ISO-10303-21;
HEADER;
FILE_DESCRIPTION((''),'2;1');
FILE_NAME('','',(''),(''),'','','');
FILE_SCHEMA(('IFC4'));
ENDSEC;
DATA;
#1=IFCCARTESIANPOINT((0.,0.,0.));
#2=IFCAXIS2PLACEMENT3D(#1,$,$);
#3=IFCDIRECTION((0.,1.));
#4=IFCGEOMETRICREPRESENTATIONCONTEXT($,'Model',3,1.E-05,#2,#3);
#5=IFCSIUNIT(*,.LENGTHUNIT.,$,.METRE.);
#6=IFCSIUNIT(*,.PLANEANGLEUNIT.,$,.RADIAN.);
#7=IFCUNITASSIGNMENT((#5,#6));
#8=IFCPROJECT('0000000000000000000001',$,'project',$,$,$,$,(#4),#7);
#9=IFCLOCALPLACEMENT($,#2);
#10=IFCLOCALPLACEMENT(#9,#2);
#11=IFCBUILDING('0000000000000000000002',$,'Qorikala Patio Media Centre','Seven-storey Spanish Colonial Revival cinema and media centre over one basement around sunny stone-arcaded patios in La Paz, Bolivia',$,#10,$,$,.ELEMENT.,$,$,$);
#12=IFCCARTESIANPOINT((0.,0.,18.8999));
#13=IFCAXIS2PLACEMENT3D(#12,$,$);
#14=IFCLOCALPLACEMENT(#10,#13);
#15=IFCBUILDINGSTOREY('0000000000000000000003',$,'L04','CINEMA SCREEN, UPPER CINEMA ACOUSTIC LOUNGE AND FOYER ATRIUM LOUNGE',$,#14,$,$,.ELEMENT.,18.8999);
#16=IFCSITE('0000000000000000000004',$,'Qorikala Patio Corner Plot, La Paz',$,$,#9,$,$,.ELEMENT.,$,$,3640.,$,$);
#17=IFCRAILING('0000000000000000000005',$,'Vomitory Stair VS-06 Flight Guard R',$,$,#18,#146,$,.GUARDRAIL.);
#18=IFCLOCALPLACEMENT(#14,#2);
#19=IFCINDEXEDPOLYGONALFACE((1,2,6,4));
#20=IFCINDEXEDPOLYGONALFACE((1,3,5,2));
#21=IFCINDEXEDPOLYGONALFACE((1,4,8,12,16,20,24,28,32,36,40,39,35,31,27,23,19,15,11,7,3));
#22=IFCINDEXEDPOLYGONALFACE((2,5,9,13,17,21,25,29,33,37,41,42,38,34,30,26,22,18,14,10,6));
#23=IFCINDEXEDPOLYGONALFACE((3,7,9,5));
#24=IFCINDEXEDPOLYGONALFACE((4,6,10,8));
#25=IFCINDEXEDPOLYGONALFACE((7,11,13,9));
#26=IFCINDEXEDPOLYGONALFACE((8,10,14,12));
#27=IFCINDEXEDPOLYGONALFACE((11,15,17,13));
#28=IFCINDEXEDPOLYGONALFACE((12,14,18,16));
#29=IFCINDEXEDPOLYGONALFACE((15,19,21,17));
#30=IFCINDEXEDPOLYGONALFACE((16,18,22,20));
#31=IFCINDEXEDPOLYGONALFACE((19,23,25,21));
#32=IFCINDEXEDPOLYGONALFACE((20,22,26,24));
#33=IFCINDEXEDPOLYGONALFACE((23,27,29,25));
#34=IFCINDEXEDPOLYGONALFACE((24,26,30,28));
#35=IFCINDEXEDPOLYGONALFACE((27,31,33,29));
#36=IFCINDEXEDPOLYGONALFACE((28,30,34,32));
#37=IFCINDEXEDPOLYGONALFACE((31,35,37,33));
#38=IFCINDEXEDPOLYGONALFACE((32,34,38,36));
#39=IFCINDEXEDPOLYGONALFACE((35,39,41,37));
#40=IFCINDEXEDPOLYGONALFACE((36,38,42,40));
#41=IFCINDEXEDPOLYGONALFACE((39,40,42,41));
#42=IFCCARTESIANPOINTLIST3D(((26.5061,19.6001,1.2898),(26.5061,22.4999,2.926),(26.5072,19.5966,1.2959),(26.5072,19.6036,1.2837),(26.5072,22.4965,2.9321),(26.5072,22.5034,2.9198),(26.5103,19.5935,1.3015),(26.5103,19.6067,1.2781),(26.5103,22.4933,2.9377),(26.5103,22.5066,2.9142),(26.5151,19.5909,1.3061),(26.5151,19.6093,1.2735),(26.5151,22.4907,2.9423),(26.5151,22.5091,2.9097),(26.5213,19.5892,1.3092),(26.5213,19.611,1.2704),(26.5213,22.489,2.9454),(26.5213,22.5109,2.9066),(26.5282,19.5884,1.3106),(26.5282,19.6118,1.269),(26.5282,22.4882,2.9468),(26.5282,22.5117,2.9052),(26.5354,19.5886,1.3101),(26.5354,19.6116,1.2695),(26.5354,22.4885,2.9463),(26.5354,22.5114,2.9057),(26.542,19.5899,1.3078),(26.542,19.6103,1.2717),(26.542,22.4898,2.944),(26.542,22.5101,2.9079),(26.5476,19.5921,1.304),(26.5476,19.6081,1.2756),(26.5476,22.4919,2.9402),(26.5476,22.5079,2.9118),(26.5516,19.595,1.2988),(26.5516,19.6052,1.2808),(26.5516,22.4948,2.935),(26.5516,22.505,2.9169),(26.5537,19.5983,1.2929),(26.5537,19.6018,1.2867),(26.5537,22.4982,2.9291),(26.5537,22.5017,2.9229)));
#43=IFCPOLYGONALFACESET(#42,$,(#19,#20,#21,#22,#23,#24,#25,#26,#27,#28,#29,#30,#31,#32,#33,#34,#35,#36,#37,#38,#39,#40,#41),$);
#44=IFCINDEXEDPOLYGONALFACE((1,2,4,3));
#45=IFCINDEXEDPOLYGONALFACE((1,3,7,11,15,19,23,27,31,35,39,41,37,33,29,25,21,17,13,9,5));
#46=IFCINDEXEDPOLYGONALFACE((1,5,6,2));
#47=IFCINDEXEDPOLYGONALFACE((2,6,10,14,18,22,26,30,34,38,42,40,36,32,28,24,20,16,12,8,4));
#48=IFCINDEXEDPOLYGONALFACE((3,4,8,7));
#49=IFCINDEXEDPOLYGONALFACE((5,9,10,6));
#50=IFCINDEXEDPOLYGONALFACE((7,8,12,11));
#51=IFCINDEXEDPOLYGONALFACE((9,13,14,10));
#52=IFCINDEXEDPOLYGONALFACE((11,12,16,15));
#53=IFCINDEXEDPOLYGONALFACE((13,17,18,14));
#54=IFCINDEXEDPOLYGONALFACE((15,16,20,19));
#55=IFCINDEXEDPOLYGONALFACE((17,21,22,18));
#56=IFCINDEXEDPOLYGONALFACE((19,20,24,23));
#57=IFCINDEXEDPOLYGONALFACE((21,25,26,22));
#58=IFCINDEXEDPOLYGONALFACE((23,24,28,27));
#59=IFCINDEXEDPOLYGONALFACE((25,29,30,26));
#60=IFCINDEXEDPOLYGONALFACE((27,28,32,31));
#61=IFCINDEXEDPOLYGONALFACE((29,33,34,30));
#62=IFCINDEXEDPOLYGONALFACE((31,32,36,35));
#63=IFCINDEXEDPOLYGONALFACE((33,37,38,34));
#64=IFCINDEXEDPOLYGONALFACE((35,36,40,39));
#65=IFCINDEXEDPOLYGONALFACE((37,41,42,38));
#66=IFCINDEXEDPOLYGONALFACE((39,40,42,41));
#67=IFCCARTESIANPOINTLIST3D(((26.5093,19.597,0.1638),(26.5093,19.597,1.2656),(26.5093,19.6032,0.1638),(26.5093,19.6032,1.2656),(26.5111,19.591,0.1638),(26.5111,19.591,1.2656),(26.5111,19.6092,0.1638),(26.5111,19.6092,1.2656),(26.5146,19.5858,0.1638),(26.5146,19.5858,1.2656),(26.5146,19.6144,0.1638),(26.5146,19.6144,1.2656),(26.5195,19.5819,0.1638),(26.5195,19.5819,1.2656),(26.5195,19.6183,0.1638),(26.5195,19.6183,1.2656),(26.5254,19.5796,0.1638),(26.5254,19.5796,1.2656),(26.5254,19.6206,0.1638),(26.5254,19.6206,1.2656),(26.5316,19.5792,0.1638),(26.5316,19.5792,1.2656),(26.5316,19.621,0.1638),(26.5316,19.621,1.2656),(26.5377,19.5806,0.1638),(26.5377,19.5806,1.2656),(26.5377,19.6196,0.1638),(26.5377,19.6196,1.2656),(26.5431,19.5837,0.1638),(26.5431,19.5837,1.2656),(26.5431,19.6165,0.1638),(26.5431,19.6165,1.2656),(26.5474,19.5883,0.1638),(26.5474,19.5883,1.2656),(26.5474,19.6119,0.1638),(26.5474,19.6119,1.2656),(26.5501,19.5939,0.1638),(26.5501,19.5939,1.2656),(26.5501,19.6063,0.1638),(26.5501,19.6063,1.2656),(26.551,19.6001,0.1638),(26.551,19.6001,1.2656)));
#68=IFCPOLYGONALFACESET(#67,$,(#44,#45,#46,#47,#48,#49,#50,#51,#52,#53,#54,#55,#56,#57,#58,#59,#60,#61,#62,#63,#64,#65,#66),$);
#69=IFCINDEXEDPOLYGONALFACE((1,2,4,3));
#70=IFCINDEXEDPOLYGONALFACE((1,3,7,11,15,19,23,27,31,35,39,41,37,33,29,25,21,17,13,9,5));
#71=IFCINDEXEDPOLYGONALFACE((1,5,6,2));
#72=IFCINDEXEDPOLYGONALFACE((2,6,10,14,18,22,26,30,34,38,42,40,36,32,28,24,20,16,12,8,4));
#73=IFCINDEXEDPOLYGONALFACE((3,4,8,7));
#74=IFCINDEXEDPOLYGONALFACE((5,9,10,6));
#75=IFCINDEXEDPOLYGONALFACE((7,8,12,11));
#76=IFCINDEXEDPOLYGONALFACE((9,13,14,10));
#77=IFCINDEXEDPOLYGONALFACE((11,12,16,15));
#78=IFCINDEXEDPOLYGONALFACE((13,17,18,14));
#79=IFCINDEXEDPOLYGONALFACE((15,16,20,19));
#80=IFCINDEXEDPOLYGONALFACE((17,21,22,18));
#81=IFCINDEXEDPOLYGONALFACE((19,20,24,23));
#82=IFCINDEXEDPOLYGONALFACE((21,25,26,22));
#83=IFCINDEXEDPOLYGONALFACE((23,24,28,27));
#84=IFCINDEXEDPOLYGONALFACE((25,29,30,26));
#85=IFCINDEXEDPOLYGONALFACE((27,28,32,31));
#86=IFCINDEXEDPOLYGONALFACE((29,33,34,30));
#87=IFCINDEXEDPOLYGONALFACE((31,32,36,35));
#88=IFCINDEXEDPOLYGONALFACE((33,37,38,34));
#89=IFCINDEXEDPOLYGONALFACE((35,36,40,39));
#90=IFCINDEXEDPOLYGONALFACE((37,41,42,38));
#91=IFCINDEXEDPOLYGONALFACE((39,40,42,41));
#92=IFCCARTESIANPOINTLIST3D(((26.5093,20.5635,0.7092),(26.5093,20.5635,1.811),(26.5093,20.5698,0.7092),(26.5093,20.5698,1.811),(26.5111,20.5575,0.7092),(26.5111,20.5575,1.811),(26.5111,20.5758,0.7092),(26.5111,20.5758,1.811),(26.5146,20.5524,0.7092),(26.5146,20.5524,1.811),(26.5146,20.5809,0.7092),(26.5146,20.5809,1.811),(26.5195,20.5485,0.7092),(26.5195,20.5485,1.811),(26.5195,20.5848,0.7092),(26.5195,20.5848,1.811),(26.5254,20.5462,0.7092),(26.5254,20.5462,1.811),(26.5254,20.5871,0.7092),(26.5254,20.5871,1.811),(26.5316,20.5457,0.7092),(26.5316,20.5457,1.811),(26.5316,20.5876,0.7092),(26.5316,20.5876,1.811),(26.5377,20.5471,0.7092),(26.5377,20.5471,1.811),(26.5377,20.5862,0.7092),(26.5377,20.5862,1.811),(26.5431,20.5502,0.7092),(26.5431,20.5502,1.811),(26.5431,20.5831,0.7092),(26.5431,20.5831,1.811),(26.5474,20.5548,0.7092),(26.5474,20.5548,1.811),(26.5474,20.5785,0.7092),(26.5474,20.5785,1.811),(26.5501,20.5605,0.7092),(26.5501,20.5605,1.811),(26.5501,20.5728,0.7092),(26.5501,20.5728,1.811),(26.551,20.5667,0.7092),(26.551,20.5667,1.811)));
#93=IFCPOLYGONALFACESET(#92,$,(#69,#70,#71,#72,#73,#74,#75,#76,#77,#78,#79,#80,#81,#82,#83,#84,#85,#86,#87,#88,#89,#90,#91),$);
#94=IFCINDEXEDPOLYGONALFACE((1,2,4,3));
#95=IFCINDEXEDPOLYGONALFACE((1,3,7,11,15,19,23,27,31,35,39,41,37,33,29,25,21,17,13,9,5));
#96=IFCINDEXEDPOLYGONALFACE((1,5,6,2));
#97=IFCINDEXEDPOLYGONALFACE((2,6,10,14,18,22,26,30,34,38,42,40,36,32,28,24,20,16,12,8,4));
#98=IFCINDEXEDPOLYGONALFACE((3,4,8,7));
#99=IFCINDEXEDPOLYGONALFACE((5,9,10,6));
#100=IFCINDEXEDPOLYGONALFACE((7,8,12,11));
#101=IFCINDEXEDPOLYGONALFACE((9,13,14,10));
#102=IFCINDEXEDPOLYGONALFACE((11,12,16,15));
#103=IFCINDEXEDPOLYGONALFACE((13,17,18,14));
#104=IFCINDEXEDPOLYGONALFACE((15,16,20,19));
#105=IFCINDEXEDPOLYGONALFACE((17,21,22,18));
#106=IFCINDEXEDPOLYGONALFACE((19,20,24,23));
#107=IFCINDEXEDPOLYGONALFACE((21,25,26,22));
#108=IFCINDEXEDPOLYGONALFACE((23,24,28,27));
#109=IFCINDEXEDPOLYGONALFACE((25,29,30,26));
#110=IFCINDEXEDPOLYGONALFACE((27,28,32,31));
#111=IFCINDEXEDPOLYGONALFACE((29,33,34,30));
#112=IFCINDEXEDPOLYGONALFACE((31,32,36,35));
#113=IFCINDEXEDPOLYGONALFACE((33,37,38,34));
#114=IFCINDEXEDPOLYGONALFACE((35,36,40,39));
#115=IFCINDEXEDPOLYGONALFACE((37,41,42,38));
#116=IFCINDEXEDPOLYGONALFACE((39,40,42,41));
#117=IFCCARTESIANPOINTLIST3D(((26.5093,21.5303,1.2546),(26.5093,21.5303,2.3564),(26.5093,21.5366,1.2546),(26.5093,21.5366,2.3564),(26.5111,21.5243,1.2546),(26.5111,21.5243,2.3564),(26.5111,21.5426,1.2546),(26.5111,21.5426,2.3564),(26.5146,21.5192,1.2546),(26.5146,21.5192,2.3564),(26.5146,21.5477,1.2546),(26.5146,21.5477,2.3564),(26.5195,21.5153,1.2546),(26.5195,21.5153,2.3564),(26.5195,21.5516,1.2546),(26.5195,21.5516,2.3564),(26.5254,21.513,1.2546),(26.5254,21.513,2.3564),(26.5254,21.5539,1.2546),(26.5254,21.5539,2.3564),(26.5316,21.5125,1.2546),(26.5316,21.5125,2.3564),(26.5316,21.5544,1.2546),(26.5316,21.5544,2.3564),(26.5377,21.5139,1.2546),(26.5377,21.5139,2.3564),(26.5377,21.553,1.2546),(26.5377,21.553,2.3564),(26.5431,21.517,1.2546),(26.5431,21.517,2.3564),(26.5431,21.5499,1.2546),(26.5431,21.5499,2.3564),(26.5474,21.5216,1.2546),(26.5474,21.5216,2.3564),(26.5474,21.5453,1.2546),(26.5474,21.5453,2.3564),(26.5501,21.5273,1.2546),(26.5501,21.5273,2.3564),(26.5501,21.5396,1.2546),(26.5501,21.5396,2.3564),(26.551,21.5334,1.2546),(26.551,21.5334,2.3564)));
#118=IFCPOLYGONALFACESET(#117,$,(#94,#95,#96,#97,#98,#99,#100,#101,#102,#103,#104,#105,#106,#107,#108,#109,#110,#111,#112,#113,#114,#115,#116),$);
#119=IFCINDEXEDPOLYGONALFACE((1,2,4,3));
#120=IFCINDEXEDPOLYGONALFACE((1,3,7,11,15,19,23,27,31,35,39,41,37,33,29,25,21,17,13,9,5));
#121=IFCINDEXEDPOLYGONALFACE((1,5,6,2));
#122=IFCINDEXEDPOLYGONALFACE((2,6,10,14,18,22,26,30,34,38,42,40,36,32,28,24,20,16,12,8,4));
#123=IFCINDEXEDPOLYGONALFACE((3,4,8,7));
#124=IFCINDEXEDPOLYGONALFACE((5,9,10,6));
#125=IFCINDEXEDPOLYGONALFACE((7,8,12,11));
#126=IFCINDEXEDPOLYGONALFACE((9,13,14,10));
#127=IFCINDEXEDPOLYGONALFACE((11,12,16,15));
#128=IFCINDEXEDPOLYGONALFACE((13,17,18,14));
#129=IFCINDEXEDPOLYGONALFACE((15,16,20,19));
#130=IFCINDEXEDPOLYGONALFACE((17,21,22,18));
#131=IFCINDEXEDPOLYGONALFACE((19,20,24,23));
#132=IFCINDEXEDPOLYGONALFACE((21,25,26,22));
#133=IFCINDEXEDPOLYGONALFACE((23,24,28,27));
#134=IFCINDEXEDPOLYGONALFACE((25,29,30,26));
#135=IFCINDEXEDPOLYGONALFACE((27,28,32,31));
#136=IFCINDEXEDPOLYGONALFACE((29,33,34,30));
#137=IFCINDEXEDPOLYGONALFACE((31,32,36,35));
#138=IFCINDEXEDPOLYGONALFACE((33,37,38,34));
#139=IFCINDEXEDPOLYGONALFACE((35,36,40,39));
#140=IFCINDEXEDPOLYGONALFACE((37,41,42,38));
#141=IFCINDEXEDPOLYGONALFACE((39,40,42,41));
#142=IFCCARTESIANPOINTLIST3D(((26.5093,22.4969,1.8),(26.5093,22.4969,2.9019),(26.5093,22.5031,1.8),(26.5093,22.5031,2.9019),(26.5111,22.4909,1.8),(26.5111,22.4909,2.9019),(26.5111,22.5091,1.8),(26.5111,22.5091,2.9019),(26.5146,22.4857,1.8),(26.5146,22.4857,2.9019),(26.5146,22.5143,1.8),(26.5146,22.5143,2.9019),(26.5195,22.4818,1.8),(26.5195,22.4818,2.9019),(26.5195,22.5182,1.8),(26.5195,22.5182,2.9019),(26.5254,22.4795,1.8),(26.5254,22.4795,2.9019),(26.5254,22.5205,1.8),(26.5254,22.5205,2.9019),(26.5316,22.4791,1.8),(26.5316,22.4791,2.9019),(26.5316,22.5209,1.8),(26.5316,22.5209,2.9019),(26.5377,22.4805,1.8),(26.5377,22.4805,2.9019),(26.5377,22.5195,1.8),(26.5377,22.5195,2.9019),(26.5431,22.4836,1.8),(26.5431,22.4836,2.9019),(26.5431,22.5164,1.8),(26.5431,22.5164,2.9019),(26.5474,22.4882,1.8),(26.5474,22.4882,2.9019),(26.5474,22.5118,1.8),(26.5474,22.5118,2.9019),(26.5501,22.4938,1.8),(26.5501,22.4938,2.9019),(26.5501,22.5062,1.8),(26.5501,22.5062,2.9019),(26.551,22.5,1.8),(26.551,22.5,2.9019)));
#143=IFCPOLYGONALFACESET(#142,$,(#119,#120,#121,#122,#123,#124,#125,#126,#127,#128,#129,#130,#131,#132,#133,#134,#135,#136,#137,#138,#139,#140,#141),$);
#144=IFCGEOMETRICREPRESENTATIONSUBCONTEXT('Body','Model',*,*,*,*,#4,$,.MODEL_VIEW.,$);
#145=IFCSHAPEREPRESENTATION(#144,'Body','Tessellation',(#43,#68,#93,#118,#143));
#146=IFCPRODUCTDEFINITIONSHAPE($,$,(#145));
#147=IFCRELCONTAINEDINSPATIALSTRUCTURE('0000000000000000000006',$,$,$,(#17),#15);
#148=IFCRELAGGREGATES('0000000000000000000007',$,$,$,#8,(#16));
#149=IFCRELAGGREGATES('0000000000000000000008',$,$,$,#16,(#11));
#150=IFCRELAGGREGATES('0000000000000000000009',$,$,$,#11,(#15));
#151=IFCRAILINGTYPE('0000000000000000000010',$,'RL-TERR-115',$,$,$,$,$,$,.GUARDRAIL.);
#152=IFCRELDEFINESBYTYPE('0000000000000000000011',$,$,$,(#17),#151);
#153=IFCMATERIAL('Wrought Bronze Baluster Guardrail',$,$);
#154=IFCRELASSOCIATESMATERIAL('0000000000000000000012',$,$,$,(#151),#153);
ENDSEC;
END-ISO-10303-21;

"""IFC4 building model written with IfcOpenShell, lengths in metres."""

from ifc_helpers import new_model, si_unit, direction, frame, origin, origin_2d, place, context, subcontext, project, spatial, circle, extrude, material, type_object, element, save


model = new_model("IFC4")

# Units and contexts
model_context = context("Model", 3, precision=1e-05, world=origin(), true_north=direction((0.0, 1.0)))
body_context = subcontext(model_context, "Body", "Model", "MODEL_VIEW")
ifc_project = project(units=[si_unit("LENGTHUNIT", "METRE"), si_unit("PLANEANGLEUNIT", "RADIAN")], contexts=[model_context])

# Site, building, storey
site_placement = place(None, origin())
site = spatial("IfcSite", under=ifc_project, at=site_placement, Name="Qorikala Patio Corner Plot, La Paz", CompositionType="ELEMENT", RefElevation=3640.0)
building_placement = place(site_placement, origin())
building = spatial("IfcBuilding", under=site, at=building_placement, Name="Qorikala Patio Media Centre", Description="Seven-storey Spanish Colonial Revival cinema and media centre over one basement around sunny stone-arcaded patios in La Paz, Bolivia", CompositionType="ELEMENT")
storey_placement = place(building_placement, frame((0.0, 0.0, 18.8999)))
storey = spatial("IfcBuildingStorey", under=building, at=storey_placement, Name="L04", Description="CINEMA SCREEN, UPPER CINEMA ACOUSTIC LOUNGE AND FOYER ATRIUM LOUNGE", CompositionType="ELEMENT", Elevation=18.8999)

# Railing
ifc_material_1 = material(Name="Wrought Bronze Baluster Guardrail")
railing_type = type_object("IfcRailingType", Name="RL-TERR-115", PredefinedType="GUARDRAIL", material=ifc_material_1)
for number, where, name in (
    (1, (26.53, 19.6001, 0.1638), "Vomitory Stair VS-06 Flight Guard R"),
):
    element("IfcRailing", number, at=place(storey_placement, frame(where)), inside=storey, type_object=railing_type, Name=name, PredefinedType="GUARDRAIL", context=body_context, shape_type="SweptSolid", body=[
        extrude(circle(Radius=0.0239, at=origin_2d()), frame((0.0, 0.0, 1.126), z_axis=(0.0, 0.870929, 0.49141), x_axis=(-1.0, 0.0, 0.0)), (0.0, 0.0, 1.0), 3.3296),
        extrude(circle(Radius=0.021, at=origin_2d()), origin(), (0.0, 0.0, 1.0), 1.1018),
        extrude(circle(Radius=0.021, at=origin_2d()), frame((0.0, 0.9666, 0.5454)), (0.0, 0.0, 1.0), 1.1018),
        extrude(circle(Radius=0.021, at=origin_2d()), frame((0.0, 1.9333, 1.0908)), (0.0, 0.0, 1.0), 1.1018),
        extrude(circle(Radius=0.021, at=origin_2d()), frame((0.0, 2.8999, 1.6362)), (0.0, 0.0, 1.0), 1.1018),
    ])

save(model, "model.ifc")
